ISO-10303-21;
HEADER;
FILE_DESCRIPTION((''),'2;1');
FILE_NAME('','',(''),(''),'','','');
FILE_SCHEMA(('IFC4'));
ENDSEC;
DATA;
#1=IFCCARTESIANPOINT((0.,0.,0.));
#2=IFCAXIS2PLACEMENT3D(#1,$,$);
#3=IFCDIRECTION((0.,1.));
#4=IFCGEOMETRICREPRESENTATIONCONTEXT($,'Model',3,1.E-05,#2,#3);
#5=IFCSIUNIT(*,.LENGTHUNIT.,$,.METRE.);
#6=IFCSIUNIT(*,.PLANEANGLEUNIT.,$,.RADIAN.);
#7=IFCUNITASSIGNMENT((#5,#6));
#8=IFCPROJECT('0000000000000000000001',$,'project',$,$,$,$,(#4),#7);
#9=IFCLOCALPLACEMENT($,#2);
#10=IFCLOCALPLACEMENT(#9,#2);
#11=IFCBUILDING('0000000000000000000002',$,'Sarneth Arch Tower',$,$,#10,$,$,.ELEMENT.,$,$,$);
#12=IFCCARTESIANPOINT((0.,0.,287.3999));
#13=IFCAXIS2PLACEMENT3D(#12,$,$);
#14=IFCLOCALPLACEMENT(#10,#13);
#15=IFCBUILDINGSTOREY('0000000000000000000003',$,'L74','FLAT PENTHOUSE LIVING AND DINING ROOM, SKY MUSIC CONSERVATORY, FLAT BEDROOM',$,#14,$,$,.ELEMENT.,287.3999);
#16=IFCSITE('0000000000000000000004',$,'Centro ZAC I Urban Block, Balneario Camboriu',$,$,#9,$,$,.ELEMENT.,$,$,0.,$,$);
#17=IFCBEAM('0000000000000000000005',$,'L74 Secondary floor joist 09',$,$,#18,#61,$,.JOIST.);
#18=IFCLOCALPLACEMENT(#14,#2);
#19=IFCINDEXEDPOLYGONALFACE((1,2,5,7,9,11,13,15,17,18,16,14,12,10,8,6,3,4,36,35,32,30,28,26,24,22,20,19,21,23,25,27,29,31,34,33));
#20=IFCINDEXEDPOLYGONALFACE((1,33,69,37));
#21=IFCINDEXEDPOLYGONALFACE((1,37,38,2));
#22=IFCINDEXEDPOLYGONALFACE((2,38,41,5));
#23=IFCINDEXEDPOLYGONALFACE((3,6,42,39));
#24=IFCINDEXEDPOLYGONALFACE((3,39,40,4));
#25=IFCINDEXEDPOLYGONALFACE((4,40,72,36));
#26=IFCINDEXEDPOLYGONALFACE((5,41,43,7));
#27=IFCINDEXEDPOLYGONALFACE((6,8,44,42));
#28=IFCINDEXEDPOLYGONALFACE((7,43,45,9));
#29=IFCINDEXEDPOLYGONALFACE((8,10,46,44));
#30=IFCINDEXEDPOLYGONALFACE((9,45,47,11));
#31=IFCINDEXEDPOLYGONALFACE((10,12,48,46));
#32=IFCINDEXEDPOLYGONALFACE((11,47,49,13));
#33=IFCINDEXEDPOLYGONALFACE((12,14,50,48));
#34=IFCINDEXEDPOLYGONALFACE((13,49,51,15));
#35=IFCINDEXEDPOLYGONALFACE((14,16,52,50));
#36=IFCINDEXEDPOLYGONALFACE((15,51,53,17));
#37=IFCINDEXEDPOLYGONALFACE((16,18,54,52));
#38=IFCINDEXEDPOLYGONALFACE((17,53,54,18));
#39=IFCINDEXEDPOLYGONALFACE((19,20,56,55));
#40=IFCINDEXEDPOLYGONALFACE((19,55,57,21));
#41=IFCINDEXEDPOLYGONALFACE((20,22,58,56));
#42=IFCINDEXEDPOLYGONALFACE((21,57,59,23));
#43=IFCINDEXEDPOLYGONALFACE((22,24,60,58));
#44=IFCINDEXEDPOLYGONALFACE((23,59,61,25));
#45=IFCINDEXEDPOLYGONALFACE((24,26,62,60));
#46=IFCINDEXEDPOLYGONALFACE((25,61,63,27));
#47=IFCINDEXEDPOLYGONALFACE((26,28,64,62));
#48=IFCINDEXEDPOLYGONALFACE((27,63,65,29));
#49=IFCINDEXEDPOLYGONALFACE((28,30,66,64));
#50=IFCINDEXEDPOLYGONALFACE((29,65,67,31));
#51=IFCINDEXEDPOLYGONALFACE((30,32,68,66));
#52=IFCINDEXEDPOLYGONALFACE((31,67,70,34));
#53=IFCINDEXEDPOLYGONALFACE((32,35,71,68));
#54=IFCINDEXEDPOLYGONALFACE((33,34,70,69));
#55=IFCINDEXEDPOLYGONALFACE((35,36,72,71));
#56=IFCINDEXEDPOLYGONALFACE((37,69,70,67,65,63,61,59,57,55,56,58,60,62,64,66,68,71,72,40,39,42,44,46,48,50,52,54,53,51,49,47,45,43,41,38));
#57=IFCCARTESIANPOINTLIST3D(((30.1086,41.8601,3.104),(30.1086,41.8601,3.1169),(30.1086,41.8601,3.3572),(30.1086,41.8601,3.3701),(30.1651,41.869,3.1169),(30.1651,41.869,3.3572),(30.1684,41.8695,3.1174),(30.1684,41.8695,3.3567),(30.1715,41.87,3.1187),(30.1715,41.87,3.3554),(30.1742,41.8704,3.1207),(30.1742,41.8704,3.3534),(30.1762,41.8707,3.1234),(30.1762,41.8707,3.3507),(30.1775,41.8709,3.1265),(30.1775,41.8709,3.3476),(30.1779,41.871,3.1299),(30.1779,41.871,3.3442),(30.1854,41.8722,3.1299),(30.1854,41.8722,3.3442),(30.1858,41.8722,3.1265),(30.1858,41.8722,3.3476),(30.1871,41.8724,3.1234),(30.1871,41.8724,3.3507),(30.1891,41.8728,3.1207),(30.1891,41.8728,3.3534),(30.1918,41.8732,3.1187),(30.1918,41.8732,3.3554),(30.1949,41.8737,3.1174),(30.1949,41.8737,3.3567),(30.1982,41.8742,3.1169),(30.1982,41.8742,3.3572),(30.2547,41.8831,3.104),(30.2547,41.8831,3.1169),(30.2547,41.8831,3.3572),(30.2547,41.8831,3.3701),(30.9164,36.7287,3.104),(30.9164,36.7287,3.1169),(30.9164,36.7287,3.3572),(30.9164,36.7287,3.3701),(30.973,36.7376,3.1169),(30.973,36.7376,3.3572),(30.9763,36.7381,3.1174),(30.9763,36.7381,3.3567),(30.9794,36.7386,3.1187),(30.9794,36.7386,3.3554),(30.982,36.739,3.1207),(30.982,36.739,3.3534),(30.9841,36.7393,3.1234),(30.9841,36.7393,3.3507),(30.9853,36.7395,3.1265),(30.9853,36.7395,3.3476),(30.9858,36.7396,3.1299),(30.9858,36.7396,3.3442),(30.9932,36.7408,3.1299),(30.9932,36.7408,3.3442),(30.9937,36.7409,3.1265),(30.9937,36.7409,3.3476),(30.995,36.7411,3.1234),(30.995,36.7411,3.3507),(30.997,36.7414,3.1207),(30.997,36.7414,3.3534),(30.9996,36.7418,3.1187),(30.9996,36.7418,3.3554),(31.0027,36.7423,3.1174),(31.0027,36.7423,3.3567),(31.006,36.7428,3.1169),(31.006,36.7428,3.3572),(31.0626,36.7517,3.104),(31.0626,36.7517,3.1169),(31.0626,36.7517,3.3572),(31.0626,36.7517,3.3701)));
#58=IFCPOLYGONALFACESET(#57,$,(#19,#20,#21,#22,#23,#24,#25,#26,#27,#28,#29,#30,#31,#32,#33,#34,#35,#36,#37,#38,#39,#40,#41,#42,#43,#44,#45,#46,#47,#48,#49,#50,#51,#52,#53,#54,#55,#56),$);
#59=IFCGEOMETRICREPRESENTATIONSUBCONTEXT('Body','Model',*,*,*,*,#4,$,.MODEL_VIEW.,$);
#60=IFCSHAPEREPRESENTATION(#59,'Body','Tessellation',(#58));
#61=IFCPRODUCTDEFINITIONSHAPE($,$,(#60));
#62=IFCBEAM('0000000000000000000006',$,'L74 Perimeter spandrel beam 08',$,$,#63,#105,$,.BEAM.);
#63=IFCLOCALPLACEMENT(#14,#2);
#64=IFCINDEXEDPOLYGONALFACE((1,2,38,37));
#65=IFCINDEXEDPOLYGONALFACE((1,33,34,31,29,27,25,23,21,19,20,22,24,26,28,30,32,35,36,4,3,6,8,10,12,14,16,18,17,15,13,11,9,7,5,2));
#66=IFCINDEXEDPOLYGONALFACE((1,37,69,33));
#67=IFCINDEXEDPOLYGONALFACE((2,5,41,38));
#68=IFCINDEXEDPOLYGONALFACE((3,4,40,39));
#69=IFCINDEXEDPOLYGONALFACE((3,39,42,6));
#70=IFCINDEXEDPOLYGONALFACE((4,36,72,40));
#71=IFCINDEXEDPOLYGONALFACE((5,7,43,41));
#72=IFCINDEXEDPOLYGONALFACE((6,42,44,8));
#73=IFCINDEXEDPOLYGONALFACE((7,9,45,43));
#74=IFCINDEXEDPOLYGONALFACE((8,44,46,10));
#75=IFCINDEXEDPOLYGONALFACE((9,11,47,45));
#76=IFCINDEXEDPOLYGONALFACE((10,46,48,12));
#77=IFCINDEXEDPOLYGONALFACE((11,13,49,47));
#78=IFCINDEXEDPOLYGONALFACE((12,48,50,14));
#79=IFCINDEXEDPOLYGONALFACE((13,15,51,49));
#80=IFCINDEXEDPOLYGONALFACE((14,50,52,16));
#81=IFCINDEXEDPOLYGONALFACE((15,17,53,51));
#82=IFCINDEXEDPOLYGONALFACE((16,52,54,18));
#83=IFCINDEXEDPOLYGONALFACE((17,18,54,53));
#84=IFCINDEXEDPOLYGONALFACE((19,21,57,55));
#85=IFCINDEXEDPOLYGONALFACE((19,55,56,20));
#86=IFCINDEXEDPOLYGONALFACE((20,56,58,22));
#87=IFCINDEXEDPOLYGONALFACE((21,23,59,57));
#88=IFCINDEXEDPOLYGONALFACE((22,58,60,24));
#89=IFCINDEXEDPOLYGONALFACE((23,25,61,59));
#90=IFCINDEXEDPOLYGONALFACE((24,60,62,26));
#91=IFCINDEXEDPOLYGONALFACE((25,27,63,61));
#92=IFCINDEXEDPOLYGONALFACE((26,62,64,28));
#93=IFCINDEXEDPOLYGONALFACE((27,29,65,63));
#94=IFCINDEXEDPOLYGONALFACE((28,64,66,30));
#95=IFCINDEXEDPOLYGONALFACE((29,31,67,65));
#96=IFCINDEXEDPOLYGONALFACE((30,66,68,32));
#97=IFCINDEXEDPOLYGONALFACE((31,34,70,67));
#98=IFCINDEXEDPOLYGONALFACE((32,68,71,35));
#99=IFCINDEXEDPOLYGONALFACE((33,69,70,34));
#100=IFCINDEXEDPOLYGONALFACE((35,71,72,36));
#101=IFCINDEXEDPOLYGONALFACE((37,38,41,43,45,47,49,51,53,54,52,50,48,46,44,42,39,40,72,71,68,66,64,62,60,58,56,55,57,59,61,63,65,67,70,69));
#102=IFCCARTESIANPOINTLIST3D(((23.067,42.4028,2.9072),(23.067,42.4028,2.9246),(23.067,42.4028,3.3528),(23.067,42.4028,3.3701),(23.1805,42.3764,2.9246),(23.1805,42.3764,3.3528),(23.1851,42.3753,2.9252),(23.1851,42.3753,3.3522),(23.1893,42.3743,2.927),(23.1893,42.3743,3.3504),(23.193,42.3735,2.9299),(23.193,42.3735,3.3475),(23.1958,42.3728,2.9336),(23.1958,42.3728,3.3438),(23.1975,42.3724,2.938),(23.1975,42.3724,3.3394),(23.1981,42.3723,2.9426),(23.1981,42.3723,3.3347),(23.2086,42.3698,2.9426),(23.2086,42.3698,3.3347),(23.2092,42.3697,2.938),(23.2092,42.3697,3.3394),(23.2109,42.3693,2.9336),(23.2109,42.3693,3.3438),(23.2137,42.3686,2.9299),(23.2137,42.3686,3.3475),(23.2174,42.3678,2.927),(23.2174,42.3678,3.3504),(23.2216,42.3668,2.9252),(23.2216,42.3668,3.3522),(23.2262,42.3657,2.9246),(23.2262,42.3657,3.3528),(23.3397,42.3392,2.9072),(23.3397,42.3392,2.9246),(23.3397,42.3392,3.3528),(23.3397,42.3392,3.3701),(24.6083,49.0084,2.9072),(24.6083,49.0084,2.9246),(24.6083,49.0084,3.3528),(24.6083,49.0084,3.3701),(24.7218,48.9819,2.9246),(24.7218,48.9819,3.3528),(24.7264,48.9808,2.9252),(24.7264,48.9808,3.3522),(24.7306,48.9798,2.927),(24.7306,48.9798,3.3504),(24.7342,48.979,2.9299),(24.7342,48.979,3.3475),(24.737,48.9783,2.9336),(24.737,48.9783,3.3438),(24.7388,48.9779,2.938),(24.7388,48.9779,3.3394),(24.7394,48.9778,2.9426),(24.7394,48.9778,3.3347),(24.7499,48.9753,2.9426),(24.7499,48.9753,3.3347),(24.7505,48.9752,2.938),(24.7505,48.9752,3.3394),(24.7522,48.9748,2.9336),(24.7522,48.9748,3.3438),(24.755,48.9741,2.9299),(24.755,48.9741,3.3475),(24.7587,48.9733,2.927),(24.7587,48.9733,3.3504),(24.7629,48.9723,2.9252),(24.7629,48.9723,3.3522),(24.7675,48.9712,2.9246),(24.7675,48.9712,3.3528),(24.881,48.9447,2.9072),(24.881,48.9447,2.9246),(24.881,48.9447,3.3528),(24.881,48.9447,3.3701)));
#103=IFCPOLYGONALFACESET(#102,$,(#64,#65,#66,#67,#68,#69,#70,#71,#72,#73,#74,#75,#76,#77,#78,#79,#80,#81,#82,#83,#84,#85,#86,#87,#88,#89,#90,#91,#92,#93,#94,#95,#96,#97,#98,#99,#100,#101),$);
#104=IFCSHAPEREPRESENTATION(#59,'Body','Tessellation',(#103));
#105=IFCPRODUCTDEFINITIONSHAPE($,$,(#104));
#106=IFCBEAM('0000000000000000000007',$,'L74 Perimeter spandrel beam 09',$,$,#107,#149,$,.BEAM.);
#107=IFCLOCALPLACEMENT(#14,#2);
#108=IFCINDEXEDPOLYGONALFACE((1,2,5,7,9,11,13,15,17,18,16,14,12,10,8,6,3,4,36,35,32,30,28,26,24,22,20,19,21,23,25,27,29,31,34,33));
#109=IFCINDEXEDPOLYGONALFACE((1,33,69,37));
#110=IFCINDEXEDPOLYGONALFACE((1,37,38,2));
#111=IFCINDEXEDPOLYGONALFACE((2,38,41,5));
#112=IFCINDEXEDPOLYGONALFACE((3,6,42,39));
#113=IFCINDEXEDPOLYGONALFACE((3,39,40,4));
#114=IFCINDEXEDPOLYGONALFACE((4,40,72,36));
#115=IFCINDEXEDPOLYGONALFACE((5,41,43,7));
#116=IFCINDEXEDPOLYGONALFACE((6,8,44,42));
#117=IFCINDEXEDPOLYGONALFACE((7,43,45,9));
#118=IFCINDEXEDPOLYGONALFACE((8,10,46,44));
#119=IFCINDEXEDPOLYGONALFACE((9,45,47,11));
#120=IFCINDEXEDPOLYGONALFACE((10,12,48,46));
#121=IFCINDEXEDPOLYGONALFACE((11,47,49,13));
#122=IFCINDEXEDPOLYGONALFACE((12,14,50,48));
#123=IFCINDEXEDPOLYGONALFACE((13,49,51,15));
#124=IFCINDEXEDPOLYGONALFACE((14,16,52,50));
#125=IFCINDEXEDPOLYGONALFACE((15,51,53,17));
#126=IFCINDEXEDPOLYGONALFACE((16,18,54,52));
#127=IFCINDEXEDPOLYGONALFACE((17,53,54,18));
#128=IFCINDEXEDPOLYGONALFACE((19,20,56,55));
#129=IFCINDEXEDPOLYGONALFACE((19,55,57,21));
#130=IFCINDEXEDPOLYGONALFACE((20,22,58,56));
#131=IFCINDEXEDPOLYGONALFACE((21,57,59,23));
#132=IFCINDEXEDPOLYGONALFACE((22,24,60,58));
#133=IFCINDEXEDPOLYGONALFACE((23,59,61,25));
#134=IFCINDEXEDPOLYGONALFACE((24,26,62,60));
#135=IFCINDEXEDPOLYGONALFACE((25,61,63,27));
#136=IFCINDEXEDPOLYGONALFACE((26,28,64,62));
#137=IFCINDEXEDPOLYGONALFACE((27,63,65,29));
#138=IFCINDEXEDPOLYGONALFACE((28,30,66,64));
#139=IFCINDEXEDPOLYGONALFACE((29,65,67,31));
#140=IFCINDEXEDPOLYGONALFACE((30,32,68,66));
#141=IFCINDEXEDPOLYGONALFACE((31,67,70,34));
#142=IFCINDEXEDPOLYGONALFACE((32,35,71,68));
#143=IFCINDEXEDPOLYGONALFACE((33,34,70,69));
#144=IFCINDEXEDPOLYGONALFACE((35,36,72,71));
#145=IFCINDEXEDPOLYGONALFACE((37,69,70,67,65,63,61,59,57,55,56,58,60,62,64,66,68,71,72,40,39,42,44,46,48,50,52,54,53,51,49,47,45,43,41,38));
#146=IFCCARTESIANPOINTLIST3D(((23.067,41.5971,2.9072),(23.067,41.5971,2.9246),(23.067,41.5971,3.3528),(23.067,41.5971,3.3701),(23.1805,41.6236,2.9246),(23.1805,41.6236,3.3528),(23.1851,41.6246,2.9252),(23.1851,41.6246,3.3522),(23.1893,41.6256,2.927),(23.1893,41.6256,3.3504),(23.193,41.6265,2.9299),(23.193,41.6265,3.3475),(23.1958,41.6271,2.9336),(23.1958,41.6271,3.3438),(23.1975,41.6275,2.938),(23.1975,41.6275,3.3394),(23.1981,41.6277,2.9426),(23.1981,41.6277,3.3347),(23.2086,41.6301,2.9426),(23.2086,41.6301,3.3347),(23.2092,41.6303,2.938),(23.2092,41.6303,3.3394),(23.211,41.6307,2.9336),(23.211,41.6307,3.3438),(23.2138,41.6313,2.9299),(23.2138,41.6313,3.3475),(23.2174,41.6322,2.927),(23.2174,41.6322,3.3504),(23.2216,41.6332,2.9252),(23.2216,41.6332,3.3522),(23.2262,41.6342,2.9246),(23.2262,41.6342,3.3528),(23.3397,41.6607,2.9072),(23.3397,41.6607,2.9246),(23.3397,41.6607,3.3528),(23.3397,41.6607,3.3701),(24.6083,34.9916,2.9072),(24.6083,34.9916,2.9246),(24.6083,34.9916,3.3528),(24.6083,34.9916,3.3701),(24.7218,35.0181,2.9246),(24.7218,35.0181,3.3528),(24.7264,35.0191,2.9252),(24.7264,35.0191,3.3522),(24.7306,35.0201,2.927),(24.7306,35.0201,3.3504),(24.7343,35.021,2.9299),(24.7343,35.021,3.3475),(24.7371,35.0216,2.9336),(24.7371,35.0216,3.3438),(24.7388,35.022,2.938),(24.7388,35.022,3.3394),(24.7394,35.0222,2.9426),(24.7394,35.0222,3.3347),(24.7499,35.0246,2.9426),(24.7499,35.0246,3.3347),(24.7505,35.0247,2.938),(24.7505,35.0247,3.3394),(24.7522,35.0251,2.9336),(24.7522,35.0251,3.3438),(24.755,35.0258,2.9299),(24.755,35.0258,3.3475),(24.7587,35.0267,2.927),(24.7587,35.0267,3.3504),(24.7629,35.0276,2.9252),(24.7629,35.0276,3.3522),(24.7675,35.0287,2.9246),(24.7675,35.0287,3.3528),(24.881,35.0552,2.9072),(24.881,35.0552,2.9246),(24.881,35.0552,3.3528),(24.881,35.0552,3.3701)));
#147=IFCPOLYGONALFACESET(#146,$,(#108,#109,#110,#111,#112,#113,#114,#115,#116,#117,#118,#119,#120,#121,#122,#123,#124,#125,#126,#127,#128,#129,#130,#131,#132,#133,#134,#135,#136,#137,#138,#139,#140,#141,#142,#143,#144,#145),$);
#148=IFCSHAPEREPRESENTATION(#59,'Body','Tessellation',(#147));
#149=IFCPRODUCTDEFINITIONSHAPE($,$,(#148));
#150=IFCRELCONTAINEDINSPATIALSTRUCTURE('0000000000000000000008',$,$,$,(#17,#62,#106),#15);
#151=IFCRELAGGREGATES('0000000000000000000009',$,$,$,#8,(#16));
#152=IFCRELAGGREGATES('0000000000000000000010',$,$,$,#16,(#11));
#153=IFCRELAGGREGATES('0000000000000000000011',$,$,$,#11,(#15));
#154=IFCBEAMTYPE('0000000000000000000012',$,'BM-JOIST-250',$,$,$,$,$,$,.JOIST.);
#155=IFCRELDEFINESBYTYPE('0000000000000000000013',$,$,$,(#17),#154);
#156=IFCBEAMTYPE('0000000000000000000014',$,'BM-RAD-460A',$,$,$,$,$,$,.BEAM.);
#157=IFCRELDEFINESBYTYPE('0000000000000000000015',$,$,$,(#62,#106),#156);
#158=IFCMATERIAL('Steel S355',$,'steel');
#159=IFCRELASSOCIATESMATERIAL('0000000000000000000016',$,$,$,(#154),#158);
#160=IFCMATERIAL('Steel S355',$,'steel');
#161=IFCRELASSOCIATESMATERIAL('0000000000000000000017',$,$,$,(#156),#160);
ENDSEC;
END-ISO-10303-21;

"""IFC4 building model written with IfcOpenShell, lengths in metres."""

from ifc_helpers import new_model, si_unit, direction, frame, origin, origin_2d, place, context, subcontext, project, spatial, i_section, extrude, material, material_profile, profile_set, type_object, element, save


model = new_model("IFC4")

# Units and contexts
model_context = context("Model", 3, precision=1e-05, world=origin(), true_north=direction((0.0, 1.0)))
body_context = subcontext(model_context, "Body", "Model", "MODEL_VIEW")
ifc_project = project(units=[si_unit("LENGTHUNIT", "METRE"), si_unit("PLANEANGLEUNIT", "RADIAN")], contexts=[model_context])

# Site, building, storey
site_placement = place(None, origin())
site = spatial("IfcSite", under=ifc_project, at=site_placement, Name="Centro ZAC I Urban Block, Balneario Camboriu", CompositionType="ELEMENT", RefElevation=0.0)
building_placement = place(site_placement, origin())
building = spatial("IfcBuilding", under=site, at=building_placement, Name="Sarneth Arch Tower", CompositionType="ELEMENT")
storey_placement = place(building_placement, frame((0.0, 0.0, 287.3999)))
storey = spatial("IfcBuildingStorey", under=building, at=storey_placement, Name="L74", Description="FLAT PENTHOUSE LIVING AND DINING ROOM, SKY MUSIC CONSERVATORY, FLAT BEDROOM", CompositionType="ELEMENT", Elevation=287.3999)

# Beams
ifc_material_1 = material(Name="Steel S355", Category="steel")
ifc_material_profile_1 = material_profile(ifc_material_1, i_section(OverallWidth=0.1479, OverallDepth=0.2661, WebThickness=0.0076, FlangeThickness=0.0129, FilletRadius=0.0129, at=origin_2d()), Name="W250x44.8")
ifc_profile_set_1 = profile_set([ifc_material_profile_1], Name="Steel S355")
beam_type_1 = type_object("IfcBeamType", Name="BM-JOIST-250", PredefinedType="JOIST", material=ifc_profile_set_1)
for number, where, z_axis, x_axis, name in (
    (1, (30.1816, 41.8716, 3.2371), (0.155521, -0.987833, 0.0), (0.987833, 0.155521, 0.0), "L74 Secondary floor joist 09"),
):
    element("IfcBeam", number, at=place(storey_placement, frame(where, z_axis=z_axis, x_axis=x_axis)), inside=storey, type_object=beam_type_1, Name=name, PredefinedType="JOIST", context=body_context, shape_type="SweptSolid", body=[
        extrude(i_section(OverallWidth=0.1479, OverallDepth=0.2661, WebThickness=0.0076, FlangeThickness=0.0129, FilletRadius=0.0129, at=origin_2d()), origin(), (0.0, 0.0, 1.0), 5.1946),
    ])
ifc_material_2 = material(Name="Steel S355", Category="steel")
ifc_material_profile_2 = material_profile(ifc_material_2, i_section(OverallWidth=0.28, OverallDepth=0.4629, WebThickness=0.0107, FlangeThickness=0.0173, FilletRadius=0.0181, at=origin_2d()), Name="W460x113")
ifc_profile_set_2 = profile_set([ifc_material_profile_2], Name="Steel S355")
beam_type_2 = type_object("IfcBeamType", Name="BM-RAD-460A", PredefinedType="BEAM", material=ifc_profile_set_2)
for number, where, z_axis, x_axis, name in (
    (2, (24.7446, 48.9766, 3.1387), (-0.227227, -0.973842, 0.0), (0.973842, -0.227227, 0.0), "L74 Perimeter spandrel beam 08"),
    (3, (23.2034, 41.6289, 3.1387), (0.227227, -0.973842, 0.0), (0.973842, 0.227227, 0.0), "L74 Perimeter spandrel beam 09"),
):
    element("IfcBeam", number, at=place(storey_placement, frame(where, z_axis=z_axis, x_axis=x_axis)), inside=storey, type_object=beam_type_2, Name=name, PredefinedType="BEAM", context=body_context, shape_type="SweptSolid", body=[
        extrude(i_section(OverallWidth=0.28, OverallDepth=0.4629, WebThickness=0.0107, FlangeThickness=0.0173, FilletRadius=0.0181, at=origin_2d()), origin(), (0.0, 0.0, 1.0), 6.783),
    ])

save(model, "model.ifc")
